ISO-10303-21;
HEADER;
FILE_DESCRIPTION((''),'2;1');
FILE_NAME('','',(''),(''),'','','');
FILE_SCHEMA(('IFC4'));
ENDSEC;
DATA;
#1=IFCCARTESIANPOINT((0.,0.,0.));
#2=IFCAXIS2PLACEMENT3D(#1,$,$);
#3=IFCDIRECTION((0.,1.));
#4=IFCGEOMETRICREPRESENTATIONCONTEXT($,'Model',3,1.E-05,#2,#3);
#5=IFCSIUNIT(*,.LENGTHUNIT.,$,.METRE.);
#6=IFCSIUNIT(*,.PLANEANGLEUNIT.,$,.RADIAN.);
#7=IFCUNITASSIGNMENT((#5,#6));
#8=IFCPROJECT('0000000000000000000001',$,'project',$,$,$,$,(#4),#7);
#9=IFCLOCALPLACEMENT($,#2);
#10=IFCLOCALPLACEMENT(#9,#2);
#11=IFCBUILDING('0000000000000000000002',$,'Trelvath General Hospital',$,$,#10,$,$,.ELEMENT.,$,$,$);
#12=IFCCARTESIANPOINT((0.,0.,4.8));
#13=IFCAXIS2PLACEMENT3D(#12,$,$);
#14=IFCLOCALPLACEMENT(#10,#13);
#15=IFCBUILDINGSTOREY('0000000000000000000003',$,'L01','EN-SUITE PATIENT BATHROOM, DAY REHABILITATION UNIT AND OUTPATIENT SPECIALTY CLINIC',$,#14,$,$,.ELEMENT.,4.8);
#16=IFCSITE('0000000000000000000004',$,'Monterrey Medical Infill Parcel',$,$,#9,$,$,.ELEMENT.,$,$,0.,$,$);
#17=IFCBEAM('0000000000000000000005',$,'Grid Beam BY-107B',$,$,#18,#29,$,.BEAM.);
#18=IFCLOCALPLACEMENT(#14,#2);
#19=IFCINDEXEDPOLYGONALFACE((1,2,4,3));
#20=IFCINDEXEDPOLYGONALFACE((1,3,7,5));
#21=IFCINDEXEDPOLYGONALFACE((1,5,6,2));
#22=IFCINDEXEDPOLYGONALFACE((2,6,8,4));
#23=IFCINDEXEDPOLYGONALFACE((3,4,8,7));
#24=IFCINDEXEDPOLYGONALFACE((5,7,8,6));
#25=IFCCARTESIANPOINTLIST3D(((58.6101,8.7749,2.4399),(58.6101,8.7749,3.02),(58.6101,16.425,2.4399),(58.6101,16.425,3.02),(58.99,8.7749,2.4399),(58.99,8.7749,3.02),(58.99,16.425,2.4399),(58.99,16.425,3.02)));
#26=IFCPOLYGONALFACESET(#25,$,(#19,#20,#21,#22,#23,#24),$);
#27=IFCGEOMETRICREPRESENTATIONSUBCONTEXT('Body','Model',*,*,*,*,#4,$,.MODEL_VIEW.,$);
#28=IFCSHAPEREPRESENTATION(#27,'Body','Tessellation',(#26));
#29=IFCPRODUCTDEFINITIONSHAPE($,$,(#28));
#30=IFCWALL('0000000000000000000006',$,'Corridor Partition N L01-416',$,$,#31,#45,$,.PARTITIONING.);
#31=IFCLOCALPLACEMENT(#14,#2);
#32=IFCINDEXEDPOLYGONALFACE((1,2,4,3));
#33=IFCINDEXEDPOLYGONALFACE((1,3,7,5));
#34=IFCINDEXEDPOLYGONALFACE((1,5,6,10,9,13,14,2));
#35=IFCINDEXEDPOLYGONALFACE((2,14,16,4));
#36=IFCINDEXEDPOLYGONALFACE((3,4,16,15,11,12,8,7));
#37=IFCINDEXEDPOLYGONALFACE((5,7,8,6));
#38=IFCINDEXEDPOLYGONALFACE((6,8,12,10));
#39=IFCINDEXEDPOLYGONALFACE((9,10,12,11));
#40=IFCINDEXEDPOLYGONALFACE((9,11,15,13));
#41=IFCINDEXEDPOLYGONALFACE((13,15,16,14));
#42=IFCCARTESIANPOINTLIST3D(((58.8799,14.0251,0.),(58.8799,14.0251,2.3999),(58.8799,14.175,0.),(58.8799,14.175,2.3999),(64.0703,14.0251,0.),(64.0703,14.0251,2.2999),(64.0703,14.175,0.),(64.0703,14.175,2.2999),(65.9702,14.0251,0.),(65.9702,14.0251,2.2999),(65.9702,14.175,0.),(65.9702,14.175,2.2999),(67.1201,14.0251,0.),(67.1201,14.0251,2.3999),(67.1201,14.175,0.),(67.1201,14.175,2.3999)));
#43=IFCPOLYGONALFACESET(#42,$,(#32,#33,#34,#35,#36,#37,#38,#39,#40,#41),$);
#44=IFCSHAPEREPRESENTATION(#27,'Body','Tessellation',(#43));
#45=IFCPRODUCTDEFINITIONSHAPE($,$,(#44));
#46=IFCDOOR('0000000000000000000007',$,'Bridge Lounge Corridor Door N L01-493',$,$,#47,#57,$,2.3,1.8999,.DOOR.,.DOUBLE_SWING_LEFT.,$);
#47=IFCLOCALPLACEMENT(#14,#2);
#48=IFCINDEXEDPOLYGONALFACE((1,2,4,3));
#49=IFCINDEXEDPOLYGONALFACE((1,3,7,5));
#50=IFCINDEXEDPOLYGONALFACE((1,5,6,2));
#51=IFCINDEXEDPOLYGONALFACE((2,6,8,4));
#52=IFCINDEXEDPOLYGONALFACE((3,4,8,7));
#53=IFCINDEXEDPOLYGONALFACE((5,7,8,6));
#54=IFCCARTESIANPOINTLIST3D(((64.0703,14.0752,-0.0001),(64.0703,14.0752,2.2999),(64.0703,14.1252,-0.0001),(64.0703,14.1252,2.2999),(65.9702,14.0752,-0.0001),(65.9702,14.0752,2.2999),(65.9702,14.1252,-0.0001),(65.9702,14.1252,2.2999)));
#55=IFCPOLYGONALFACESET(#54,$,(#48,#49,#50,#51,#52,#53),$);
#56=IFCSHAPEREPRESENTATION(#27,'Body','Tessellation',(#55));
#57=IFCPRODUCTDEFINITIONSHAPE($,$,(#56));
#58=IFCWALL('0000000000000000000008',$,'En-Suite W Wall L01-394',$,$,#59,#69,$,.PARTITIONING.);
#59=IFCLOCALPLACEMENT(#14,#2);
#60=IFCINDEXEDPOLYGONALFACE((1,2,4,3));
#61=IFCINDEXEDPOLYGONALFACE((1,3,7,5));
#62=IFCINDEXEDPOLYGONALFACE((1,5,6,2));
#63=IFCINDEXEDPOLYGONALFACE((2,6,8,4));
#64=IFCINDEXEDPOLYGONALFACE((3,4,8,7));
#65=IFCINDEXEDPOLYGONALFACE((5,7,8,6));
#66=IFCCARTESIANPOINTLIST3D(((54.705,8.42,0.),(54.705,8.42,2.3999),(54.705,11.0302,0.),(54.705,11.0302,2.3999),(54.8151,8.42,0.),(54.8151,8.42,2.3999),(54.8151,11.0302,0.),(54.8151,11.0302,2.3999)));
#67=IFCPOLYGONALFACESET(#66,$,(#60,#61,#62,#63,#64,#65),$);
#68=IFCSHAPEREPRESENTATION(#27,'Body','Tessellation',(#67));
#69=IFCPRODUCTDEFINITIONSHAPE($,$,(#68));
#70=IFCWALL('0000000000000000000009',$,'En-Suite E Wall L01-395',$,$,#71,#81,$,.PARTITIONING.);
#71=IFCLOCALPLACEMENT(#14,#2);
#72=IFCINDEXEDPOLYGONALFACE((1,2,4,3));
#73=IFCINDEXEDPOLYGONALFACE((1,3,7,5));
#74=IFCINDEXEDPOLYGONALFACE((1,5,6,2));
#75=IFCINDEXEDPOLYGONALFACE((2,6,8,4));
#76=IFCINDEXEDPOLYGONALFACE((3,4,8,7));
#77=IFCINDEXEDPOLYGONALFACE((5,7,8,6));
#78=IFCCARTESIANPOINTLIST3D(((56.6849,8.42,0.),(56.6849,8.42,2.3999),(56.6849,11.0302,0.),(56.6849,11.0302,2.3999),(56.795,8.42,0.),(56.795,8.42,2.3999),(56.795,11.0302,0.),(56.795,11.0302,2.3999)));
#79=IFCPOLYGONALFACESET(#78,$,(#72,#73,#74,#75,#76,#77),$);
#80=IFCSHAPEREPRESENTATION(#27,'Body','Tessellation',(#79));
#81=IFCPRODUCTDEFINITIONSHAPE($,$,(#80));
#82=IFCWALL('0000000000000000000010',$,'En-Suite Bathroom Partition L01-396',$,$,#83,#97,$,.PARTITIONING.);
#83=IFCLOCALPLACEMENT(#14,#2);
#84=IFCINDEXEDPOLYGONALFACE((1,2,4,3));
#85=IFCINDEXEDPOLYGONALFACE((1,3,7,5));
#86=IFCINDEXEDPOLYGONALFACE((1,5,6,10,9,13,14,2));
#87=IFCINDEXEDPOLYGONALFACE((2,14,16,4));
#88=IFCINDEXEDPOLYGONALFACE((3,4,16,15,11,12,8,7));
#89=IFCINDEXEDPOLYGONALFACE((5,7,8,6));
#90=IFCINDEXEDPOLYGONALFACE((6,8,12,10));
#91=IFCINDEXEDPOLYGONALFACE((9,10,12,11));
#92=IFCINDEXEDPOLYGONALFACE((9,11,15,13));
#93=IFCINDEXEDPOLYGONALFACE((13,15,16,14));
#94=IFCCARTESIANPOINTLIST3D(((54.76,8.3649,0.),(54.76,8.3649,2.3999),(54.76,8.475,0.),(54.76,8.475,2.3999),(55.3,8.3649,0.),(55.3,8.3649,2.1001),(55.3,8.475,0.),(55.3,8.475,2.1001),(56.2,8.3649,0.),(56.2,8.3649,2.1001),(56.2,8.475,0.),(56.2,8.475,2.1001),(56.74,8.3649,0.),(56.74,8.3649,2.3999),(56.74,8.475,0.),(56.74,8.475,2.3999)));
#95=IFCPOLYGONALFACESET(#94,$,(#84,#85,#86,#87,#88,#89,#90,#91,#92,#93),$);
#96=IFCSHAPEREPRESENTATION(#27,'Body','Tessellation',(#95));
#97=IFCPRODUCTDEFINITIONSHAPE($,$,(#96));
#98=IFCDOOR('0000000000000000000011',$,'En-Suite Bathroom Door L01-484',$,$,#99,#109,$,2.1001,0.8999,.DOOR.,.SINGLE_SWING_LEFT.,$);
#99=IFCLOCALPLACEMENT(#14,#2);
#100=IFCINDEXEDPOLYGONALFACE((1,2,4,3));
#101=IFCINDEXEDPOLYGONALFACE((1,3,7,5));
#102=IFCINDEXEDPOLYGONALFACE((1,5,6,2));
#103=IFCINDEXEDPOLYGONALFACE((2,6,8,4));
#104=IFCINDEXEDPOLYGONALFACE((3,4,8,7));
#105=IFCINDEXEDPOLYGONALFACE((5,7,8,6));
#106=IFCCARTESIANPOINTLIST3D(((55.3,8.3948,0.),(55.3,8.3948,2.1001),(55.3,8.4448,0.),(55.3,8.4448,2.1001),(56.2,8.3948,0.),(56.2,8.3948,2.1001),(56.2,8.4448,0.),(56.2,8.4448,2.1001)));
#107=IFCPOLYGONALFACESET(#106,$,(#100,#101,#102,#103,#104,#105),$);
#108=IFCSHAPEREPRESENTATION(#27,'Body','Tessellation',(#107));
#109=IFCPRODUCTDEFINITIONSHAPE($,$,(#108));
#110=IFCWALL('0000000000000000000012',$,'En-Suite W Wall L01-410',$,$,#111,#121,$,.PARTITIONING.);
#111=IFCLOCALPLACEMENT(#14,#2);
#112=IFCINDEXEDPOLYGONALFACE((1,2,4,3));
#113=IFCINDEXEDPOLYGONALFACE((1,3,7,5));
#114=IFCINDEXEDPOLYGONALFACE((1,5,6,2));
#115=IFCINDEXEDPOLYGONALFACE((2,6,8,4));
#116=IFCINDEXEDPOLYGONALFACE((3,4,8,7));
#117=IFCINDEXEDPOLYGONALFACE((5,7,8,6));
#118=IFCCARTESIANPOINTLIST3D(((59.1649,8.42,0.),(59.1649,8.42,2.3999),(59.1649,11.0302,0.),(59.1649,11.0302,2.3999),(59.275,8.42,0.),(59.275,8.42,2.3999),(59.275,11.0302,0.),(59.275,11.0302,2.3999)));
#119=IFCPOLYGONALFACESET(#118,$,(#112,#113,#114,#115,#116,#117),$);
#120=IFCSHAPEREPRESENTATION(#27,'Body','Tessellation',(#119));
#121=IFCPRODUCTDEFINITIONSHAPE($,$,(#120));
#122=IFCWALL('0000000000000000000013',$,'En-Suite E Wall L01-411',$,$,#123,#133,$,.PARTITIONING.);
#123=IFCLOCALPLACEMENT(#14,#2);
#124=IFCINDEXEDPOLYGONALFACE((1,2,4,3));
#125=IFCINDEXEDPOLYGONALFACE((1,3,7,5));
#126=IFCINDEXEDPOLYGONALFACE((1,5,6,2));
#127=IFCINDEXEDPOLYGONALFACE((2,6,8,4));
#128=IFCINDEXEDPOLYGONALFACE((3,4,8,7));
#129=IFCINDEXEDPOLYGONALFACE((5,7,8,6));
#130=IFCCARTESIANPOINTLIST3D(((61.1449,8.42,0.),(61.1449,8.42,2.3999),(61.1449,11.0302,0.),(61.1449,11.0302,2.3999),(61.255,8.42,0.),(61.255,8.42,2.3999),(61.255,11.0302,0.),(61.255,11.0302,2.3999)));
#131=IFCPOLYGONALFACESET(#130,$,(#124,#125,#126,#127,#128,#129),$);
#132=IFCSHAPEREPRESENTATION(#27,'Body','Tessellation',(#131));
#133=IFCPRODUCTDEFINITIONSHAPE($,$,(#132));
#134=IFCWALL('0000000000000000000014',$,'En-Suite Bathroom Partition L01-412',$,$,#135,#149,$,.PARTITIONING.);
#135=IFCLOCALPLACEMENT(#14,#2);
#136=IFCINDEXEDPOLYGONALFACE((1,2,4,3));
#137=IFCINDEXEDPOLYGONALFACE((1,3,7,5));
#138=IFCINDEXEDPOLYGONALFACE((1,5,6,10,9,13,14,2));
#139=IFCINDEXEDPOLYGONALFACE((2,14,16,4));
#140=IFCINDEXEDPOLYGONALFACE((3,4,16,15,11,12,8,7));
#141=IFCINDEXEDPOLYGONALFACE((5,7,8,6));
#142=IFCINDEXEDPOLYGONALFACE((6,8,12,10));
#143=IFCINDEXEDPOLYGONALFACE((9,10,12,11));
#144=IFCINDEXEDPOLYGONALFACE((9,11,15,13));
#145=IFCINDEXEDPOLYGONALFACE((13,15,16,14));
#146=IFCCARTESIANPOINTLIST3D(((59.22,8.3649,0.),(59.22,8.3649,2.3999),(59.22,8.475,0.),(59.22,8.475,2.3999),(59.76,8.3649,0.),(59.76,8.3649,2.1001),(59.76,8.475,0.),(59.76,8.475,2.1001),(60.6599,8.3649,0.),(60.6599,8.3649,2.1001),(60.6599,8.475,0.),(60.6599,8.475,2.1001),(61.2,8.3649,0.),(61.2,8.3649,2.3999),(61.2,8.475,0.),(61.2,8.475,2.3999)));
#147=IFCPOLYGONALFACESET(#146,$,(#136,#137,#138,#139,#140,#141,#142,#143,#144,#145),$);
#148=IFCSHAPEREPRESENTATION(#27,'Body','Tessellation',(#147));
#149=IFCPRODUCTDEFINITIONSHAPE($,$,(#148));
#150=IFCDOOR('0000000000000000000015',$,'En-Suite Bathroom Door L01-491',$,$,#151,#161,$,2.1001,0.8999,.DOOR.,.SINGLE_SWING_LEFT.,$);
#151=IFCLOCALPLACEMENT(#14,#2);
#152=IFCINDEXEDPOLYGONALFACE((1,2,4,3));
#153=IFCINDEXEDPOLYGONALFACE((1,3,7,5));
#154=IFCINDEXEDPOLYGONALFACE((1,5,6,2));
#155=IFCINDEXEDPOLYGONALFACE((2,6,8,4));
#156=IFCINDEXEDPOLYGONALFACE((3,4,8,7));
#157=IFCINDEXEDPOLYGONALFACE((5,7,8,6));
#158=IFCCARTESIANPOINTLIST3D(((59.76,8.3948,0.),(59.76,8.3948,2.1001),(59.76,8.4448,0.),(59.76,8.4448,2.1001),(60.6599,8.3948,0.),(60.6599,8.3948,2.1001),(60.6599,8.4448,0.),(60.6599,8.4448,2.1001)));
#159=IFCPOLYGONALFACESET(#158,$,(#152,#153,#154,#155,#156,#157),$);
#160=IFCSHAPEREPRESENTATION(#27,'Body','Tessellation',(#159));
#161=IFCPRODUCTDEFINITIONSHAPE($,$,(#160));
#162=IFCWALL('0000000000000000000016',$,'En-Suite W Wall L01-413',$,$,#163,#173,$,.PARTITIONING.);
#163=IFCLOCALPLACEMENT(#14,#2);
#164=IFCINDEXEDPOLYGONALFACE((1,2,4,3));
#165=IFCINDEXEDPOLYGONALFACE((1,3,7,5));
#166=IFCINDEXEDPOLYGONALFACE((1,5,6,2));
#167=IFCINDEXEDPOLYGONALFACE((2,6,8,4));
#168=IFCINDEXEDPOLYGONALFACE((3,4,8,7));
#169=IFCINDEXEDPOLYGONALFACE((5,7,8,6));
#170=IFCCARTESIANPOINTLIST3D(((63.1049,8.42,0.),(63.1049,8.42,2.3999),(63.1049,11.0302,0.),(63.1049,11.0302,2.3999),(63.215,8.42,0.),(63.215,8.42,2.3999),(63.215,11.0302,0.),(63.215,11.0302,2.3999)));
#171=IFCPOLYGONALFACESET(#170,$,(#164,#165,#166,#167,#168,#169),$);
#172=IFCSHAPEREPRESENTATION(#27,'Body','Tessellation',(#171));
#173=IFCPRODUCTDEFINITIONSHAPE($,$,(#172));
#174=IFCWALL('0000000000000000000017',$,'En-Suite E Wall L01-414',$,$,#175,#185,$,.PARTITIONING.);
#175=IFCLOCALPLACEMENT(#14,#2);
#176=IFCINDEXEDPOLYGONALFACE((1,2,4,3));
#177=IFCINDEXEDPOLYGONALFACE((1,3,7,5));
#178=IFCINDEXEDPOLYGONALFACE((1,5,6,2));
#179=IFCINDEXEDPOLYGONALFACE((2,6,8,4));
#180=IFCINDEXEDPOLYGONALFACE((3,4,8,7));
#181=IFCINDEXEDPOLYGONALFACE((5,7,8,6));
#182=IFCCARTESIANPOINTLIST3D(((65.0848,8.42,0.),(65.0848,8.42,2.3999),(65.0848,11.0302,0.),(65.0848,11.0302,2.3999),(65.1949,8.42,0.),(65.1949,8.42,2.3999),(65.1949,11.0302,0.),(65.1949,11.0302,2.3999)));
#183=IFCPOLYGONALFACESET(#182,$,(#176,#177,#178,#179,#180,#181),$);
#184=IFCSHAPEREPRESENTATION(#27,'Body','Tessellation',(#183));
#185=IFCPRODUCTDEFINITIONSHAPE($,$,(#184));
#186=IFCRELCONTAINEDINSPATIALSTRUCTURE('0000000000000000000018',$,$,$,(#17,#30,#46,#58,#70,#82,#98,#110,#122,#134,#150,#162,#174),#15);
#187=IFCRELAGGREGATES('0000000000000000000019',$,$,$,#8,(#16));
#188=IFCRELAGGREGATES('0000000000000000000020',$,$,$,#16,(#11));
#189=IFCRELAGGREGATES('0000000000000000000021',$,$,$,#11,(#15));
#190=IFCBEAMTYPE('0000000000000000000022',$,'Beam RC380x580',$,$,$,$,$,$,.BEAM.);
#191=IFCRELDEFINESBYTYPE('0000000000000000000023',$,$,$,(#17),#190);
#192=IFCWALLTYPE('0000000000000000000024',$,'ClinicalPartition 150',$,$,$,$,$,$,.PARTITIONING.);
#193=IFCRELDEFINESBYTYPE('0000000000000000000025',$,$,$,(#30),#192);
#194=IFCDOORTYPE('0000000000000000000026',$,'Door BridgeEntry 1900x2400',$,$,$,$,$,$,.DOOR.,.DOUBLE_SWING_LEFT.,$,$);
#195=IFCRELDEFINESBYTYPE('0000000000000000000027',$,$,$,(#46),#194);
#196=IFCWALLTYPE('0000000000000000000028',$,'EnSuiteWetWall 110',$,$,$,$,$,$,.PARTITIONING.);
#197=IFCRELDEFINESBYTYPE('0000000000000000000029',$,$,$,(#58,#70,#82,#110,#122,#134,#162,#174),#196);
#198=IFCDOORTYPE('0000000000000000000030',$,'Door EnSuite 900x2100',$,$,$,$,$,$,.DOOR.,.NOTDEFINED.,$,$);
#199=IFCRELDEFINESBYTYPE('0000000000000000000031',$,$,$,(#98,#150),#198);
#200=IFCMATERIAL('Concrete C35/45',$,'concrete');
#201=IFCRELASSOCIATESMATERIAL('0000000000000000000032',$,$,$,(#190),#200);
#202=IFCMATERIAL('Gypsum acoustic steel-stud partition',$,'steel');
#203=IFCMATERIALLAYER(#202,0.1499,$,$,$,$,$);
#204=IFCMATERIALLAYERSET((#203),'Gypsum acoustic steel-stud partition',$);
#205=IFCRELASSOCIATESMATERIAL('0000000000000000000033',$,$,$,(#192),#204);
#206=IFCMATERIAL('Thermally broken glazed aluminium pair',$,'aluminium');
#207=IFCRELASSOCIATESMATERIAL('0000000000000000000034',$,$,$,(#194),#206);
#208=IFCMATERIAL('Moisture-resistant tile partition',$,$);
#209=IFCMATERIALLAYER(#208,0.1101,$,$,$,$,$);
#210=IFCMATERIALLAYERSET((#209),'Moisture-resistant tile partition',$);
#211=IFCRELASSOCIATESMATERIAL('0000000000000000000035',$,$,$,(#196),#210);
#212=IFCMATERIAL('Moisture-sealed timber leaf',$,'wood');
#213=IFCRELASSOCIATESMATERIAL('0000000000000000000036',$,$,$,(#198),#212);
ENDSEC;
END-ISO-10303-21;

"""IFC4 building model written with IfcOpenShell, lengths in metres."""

from ifc_helpers import new_model, si_unit, direction, frame, frame_2d, origin, origin_2d, place, context, subcontext, project, spatial, rectangle, extrude, material, layer, layer_set, material_profile, profile_set, type_object, element, fill, save


model = new_model("IFC4")

# Units and contexts
model_context = context("Model", 3, precision=1e-05, world=origin(), true_north=direction((0.0, 1.0)))
body_context = subcontext(model_context, "Body", "Model", "MODEL_VIEW")
ifc_project = project(units=[si_unit("LENGTHUNIT", "METRE"), si_unit("PLANEANGLEUNIT", "RADIAN")], contexts=[model_context])

# Site, building, storey
site_placement = place(None, origin())
site = spatial("IfcSite", under=ifc_project, at=site_placement, Name="Monterrey Medical Infill Parcel", CompositionType="ELEMENT", RefElevation=0.0)
building_placement = place(site_placement, origin())
building = spatial("IfcBuilding", under=site, at=building_placement, Name="Trelvath General Hospital", CompositionType="ELEMENT")
storey_placement = place(building_placement, frame((0.0, 0.0, 4.8)))
storey = spatial("IfcBuildingStorey", under=building, at=storey_placement, Name="L01", Description="EN-SUITE PATIENT BATHROOM, DAY REHABILITATION UNIT AND OUTPATIENT SPECIALTY CLINIC", CompositionType="ELEMENT", Elevation=4.8)

# Beam
ifc_material_1 = material(Name="Concrete C35/45", Category="concrete")
ifc_material_profile = material_profile(ifc_material_1, rectangle(XDim=0.3799, YDim=0.5801, at=origin_2d()), Name="RCB380x580")
ifc_profile_set = profile_set([ifc_material_profile], Name="Concrete C35/45")
beam_type = type_object("IfcBeamType", Name="Beam RC380x580", PredefinedType="BEAM", material=ifc_profile_set)
beam_placement = place(storey_placement, frame((58.8, 8.7749, 2.73), z_axis=(0.0, 1.0, 0.0), x_axis=(-1.0, 0.0, 0.0)))
element("IfcBeam", 1, at=beam_placement, inside=storey, type_object=beam_type, Name="Grid Beam BY-107B", PredefinedType="BEAM", context=body_context, shape_type="SweptSolid", body=[
    extrude(rectangle(XDim=0.3799, YDim=0.5801, at=origin_2d()), origin(), (0.0, 0.0, 1.0), 7.6501),
])

# Shared definitions
ifc_material_2 = material(Name="Gypsum acoustic steel-stud partition", Category="steel")
ifc_layer_1 = layer(ifc_material_2, 0.1499)
ifc_layer_set_1 = layer_set([ifc_layer_1], Name="Gypsum acoustic steel-stud partition")
wall_type_1 = type_object("IfcWallType", Name="ClinicalPartition 150", PredefinedType="PARTITIONING", material=ifc_layer_set_1)

# Wall, opening, door
wall_1_placement = place(storey_placement, frame((67.1201, 14.1001, 0.0), z_axis=(0.0, 0.0, 1.0), x_axis=(-1.0, 0.0, 0.0)))
wall_1 = element("IfcWall", 2, at=wall_1_placement, inside=storey, type_object=wall_type_1, Name="Corridor Partition N L01-416", PredefinedType="PARTITIONING", context=body_context, shape_type="SweptSolid", body=[
    extrude(rectangle(XDim=8.2402, YDim=0.1499, at=frame_2d((4.1201, 0.0))), origin(), (0.0, 0.0, 1.0), 2.3999),
])
opening_1_placement = place(wall_1_placement, frame((1.1499, 0.0, 0.0)))
opening_1 = element("IfcOpeningElement", 3, at=opening_1_placement, cuts=wall_1, PredefinedType="OPENING", context=body_context, shape_type="SweptSolid", body=[
    extrude(rectangle(XDim=1.8999, YDim=2.3, at=frame_2d((0.95, 1.1499))), frame((0.0, 0.085, 0.0), z_axis=(0.0, -1.0, 0.0), x_axis=(1.0, 0.0, 0.0)), (0.0, 0.0, 1.0), 0.1699),
])
ifc_material_3 = material(Name="Thermally broken glazed aluminium pair", Category="aluminium")
door_type_1 = type_object("IfcDoorType", Name="Door BridgeEntry 1900x2400", OperationType="DOUBLE_SWING_LEFT", PredefinedType="DOOR", material=ifc_material_3)
door_1_placement = place(opening_1_placement, origin())
door_1 = element("IfcDoor", 4, at=door_1_placement, inside=storey, type_object=door_type_1, Name="Bridge Lounge Corridor Door N L01-493", OperationType="DOUBLE_SWING_LEFT", OverallHeight=2.3, OverallWidth=1.8999, PredefinedType="DOOR", context=body_context, shape_type="SweptSolid", body=[
    extrude(rectangle(XDim=1.8999, YDim=2.3, at=frame_2d((0.95, 1.1499))), frame((0.0, 0.0249, 0.0), z_axis=(0.0, -1.0, 0.0), x_axis=(1.0, 0.0, 0.0)), (0.0, 0.0, 1.0), 0.05),
])
fill(opening_1, door_1)

# Walls
ifc_material_4 = material(Name="Moisture-resistant tile partition")
ifc_layer_2 = layer(ifc_material_4, 0.1101)
ifc_layer_set_2 = layer_set([ifc_layer_2], Name="Moisture-resistant tile partition")
wall_type_2 = type_object("IfcWallType", Name="EnSuiteWetWall 110", PredefinedType="PARTITIONING", material=ifc_layer_set_2)
for number, where, z_axis, x_axis, name in (
    (5, (54.76, 8.4199, 0.0), (0.0, 0.0, 1.0), (0.0, 1.0, 0.0), "En-Suite W Wall L01-394"),
    (6, (56.74, 8.4199, 0.0), (0.0, 0.0, 1.0), (0.0, 1.0, 0.0), "En-Suite E Wall L01-395"),
):
    element("IfcWall", number, at=place(storey_placement, frame(where, z_axis=z_axis, x_axis=x_axis)), inside=storey, type_object=wall_type_2, Name=name, PredefinedType="PARTITIONING", context=body_context, shape_type="SweptSolid", body=[
        extrude(rectangle(XDim=2.6101, YDim=0.1101, at=frame_2d((1.3052, 0.0))), origin(), (0.0, 0.0, 1.0), 2.3999),
    ])

# Wall, opening, door
wall_2_placement = place(storey_placement, frame((54.76, 8.4199, 0.0), z_axis=(0.0, 0.0, 1.0), x_axis=(1.0, 0.0, 0.0)))
wall_2 = element("IfcWall", 7, at=wall_2_placement, inside=storey, type_object=wall_type_2, Name="En-Suite Bathroom Partition L01-396", PredefinedType="PARTITIONING", context=body_context, shape_type="SweptSolid", body=[
    extrude(rectangle(XDim=1.98, YDim=0.1101, at=frame_2d((0.99, 0.0))), origin(), (0.0, 0.0, 1.0), 2.3999),
])
opening_2_placement = place(wall_2_placement, frame((0.54, 0.0, 0.0)))
opening_2 = element("IfcOpeningElement", 8, at=opening_2_placement, cuts=wall_2, PredefinedType="OPENING", context=body_context, shape_type="SweptSolid", body=[
    extrude(rectangle(XDim=0.8999, YDim=2.1001, at=frame_2d((0.45, 1.05))), frame((0.0, 0.0649, 0.0), z_axis=(0.0, -1.0, 0.0), x_axis=(1.0, 0.0, 0.0)), (0.0, 0.0, 1.0), 0.1301),
])
ifc_material_5 = material(Name="Moisture-sealed timber leaf", Category="wood")
door_type_2 = type_object("IfcDoorType", Name="Door EnSuite 900x2100", OperationType="NOTDEFINED", PredefinedType="DOOR", material=ifc_material_5)
door_2_placement = place(opening_2_placement, origin())
door_2 = element("IfcDoor", 9, at=door_2_placement, inside=storey, type_object=door_type_2, Name="En-Suite Bathroom Door L01-484", OperationType="SINGLE_SWING_LEFT", OverallHeight=2.1001, OverallWidth=0.8999, PredefinedType="DOOR", context=body_context, shape_type="SweptSolid", body=[
    extrude(rectangle(XDim=0.8999, YDim=2.1001, at=frame_2d((0.45, 1.05))), frame((0.0, 0.0249, 0.0), z_axis=(0.0, -1.0, 0.0), x_axis=(1.0, 0.0, 0.0)), (0.0, 0.0, 1.0), 0.05),
])
fill(opening_2, door_2)

# Walls
for number, where, z_axis, x_axis, name in (
    (10, (59.22, 8.4199, 0.0), (0.0, 0.0, 1.0), (0.0, 1.0, 0.0), "En-Suite W Wall L01-410"),
    (11, (61.2, 8.4199, 0.0), (0.0, 0.0, 1.0), (0.0, 1.0, 0.0), "En-Suite E Wall L01-411"),
):
    element("IfcWall", number, at=place(storey_placement, frame(where, z_axis=z_axis, x_axis=x_axis)), inside=storey, type_object=wall_type_2, Name=name, PredefinedType="PARTITIONING", context=body_context, shape_type="SweptSolid", body=[
        extrude(rectangle(XDim=2.6101, YDim=0.1101, at=frame_2d((1.3052, 0.0))), origin(), (0.0, 0.0, 1.0), 2.3999),
    ])

# Wall, opening, door
wall_3_placement = place(storey_placement, frame((59.22, 8.4199, 0.0), z_axis=(0.0, 0.0, 1.0), x_axis=(1.0, 0.0, 0.0)))
wall_3 = element("IfcWall", 12, at=wall_3_placement, inside=storey, type_object=wall_type_2, Name="En-Suite Bathroom Partition L01-412", PredefinedType="PARTITIONING", context=body_context, shape_type="SweptSolid", body=[
    extrude(rectangle(XDim=1.98, YDim=0.1101, at=frame_2d((0.99, 0.0))), origin(), (0.0, 0.0, 1.0), 2.3999),
])
opening_3_placement = place(wall_3_placement, frame((0.54, 0.0, 0.0)))
opening_3 = element("IfcOpeningElement", 13, at=opening_3_placement, cuts=wall_3, PredefinedType="OPENING", context=body_context, shape_type="SweptSolid", body=[
    extrude(rectangle(XDim=0.8999, YDim=2.1001, at=frame_2d((0.45, 1.05))), frame((0.0, 0.0649, 0.0), z_axis=(0.0, -1.0, 0.0), x_axis=(1.0, 0.0, 0.0)), (0.0, 0.0, 1.0), 0.1301),
])
door_3_placement = place(opening_3_placement, origin())
door_3 = element("IfcDoor", 14, at=door_3_placement, inside=storey, type_object=door_type_2, Name="En-Suite Bathroom Door L01-491", OperationType="SINGLE_SWING_LEFT", OverallHeight=2.1001, OverallWidth=0.8999, PredefinedType="DOOR", context=body_context, shape_type="SweptSolid", body=[
    extrude(rectangle(XDim=0.8999, YDim=2.1001, at=frame_2d((0.45, 1.05))), frame((0.0, 0.0249, 0.0), z_axis=(0.0, -1.0, 0.0), x_axis=(1.0, 0.0, 0.0)), (0.0, 0.0, 1.0), 0.05),
])
fill(opening_3, door_3)

# Walls
for number, where, z_axis, x_axis, name in (
    (15, (63.1599, 8.4199, 0.0), (0.0, 0.0, 1.0), (0.0, 1.0, 0.0), "En-Suite W Wall L01-413"),
    (16, (65.1399, 8.4199, 0.0), (0.0, 0.0, 1.0), (0.0, 1.0, 0.0), "En-Suite E Wall L01-414"),
):
    element("IfcWall", number, at=place(storey_placement, frame(where, z_axis=z_axis, x_axis=x_axis)), inside=storey, type_object=wall_type_2, Name=name, PredefinedType="PARTITIONING", context=body_context, shape_type="SweptSolid", body=[
        extrude(rectangle(XDim=2.6101, YDim=0.1101, at=frame_2d((1.3052, 0.0))), origin(), (0.0, 0.0, 1.0), 2.3999),
    ])

save(model, "model.ifc")
